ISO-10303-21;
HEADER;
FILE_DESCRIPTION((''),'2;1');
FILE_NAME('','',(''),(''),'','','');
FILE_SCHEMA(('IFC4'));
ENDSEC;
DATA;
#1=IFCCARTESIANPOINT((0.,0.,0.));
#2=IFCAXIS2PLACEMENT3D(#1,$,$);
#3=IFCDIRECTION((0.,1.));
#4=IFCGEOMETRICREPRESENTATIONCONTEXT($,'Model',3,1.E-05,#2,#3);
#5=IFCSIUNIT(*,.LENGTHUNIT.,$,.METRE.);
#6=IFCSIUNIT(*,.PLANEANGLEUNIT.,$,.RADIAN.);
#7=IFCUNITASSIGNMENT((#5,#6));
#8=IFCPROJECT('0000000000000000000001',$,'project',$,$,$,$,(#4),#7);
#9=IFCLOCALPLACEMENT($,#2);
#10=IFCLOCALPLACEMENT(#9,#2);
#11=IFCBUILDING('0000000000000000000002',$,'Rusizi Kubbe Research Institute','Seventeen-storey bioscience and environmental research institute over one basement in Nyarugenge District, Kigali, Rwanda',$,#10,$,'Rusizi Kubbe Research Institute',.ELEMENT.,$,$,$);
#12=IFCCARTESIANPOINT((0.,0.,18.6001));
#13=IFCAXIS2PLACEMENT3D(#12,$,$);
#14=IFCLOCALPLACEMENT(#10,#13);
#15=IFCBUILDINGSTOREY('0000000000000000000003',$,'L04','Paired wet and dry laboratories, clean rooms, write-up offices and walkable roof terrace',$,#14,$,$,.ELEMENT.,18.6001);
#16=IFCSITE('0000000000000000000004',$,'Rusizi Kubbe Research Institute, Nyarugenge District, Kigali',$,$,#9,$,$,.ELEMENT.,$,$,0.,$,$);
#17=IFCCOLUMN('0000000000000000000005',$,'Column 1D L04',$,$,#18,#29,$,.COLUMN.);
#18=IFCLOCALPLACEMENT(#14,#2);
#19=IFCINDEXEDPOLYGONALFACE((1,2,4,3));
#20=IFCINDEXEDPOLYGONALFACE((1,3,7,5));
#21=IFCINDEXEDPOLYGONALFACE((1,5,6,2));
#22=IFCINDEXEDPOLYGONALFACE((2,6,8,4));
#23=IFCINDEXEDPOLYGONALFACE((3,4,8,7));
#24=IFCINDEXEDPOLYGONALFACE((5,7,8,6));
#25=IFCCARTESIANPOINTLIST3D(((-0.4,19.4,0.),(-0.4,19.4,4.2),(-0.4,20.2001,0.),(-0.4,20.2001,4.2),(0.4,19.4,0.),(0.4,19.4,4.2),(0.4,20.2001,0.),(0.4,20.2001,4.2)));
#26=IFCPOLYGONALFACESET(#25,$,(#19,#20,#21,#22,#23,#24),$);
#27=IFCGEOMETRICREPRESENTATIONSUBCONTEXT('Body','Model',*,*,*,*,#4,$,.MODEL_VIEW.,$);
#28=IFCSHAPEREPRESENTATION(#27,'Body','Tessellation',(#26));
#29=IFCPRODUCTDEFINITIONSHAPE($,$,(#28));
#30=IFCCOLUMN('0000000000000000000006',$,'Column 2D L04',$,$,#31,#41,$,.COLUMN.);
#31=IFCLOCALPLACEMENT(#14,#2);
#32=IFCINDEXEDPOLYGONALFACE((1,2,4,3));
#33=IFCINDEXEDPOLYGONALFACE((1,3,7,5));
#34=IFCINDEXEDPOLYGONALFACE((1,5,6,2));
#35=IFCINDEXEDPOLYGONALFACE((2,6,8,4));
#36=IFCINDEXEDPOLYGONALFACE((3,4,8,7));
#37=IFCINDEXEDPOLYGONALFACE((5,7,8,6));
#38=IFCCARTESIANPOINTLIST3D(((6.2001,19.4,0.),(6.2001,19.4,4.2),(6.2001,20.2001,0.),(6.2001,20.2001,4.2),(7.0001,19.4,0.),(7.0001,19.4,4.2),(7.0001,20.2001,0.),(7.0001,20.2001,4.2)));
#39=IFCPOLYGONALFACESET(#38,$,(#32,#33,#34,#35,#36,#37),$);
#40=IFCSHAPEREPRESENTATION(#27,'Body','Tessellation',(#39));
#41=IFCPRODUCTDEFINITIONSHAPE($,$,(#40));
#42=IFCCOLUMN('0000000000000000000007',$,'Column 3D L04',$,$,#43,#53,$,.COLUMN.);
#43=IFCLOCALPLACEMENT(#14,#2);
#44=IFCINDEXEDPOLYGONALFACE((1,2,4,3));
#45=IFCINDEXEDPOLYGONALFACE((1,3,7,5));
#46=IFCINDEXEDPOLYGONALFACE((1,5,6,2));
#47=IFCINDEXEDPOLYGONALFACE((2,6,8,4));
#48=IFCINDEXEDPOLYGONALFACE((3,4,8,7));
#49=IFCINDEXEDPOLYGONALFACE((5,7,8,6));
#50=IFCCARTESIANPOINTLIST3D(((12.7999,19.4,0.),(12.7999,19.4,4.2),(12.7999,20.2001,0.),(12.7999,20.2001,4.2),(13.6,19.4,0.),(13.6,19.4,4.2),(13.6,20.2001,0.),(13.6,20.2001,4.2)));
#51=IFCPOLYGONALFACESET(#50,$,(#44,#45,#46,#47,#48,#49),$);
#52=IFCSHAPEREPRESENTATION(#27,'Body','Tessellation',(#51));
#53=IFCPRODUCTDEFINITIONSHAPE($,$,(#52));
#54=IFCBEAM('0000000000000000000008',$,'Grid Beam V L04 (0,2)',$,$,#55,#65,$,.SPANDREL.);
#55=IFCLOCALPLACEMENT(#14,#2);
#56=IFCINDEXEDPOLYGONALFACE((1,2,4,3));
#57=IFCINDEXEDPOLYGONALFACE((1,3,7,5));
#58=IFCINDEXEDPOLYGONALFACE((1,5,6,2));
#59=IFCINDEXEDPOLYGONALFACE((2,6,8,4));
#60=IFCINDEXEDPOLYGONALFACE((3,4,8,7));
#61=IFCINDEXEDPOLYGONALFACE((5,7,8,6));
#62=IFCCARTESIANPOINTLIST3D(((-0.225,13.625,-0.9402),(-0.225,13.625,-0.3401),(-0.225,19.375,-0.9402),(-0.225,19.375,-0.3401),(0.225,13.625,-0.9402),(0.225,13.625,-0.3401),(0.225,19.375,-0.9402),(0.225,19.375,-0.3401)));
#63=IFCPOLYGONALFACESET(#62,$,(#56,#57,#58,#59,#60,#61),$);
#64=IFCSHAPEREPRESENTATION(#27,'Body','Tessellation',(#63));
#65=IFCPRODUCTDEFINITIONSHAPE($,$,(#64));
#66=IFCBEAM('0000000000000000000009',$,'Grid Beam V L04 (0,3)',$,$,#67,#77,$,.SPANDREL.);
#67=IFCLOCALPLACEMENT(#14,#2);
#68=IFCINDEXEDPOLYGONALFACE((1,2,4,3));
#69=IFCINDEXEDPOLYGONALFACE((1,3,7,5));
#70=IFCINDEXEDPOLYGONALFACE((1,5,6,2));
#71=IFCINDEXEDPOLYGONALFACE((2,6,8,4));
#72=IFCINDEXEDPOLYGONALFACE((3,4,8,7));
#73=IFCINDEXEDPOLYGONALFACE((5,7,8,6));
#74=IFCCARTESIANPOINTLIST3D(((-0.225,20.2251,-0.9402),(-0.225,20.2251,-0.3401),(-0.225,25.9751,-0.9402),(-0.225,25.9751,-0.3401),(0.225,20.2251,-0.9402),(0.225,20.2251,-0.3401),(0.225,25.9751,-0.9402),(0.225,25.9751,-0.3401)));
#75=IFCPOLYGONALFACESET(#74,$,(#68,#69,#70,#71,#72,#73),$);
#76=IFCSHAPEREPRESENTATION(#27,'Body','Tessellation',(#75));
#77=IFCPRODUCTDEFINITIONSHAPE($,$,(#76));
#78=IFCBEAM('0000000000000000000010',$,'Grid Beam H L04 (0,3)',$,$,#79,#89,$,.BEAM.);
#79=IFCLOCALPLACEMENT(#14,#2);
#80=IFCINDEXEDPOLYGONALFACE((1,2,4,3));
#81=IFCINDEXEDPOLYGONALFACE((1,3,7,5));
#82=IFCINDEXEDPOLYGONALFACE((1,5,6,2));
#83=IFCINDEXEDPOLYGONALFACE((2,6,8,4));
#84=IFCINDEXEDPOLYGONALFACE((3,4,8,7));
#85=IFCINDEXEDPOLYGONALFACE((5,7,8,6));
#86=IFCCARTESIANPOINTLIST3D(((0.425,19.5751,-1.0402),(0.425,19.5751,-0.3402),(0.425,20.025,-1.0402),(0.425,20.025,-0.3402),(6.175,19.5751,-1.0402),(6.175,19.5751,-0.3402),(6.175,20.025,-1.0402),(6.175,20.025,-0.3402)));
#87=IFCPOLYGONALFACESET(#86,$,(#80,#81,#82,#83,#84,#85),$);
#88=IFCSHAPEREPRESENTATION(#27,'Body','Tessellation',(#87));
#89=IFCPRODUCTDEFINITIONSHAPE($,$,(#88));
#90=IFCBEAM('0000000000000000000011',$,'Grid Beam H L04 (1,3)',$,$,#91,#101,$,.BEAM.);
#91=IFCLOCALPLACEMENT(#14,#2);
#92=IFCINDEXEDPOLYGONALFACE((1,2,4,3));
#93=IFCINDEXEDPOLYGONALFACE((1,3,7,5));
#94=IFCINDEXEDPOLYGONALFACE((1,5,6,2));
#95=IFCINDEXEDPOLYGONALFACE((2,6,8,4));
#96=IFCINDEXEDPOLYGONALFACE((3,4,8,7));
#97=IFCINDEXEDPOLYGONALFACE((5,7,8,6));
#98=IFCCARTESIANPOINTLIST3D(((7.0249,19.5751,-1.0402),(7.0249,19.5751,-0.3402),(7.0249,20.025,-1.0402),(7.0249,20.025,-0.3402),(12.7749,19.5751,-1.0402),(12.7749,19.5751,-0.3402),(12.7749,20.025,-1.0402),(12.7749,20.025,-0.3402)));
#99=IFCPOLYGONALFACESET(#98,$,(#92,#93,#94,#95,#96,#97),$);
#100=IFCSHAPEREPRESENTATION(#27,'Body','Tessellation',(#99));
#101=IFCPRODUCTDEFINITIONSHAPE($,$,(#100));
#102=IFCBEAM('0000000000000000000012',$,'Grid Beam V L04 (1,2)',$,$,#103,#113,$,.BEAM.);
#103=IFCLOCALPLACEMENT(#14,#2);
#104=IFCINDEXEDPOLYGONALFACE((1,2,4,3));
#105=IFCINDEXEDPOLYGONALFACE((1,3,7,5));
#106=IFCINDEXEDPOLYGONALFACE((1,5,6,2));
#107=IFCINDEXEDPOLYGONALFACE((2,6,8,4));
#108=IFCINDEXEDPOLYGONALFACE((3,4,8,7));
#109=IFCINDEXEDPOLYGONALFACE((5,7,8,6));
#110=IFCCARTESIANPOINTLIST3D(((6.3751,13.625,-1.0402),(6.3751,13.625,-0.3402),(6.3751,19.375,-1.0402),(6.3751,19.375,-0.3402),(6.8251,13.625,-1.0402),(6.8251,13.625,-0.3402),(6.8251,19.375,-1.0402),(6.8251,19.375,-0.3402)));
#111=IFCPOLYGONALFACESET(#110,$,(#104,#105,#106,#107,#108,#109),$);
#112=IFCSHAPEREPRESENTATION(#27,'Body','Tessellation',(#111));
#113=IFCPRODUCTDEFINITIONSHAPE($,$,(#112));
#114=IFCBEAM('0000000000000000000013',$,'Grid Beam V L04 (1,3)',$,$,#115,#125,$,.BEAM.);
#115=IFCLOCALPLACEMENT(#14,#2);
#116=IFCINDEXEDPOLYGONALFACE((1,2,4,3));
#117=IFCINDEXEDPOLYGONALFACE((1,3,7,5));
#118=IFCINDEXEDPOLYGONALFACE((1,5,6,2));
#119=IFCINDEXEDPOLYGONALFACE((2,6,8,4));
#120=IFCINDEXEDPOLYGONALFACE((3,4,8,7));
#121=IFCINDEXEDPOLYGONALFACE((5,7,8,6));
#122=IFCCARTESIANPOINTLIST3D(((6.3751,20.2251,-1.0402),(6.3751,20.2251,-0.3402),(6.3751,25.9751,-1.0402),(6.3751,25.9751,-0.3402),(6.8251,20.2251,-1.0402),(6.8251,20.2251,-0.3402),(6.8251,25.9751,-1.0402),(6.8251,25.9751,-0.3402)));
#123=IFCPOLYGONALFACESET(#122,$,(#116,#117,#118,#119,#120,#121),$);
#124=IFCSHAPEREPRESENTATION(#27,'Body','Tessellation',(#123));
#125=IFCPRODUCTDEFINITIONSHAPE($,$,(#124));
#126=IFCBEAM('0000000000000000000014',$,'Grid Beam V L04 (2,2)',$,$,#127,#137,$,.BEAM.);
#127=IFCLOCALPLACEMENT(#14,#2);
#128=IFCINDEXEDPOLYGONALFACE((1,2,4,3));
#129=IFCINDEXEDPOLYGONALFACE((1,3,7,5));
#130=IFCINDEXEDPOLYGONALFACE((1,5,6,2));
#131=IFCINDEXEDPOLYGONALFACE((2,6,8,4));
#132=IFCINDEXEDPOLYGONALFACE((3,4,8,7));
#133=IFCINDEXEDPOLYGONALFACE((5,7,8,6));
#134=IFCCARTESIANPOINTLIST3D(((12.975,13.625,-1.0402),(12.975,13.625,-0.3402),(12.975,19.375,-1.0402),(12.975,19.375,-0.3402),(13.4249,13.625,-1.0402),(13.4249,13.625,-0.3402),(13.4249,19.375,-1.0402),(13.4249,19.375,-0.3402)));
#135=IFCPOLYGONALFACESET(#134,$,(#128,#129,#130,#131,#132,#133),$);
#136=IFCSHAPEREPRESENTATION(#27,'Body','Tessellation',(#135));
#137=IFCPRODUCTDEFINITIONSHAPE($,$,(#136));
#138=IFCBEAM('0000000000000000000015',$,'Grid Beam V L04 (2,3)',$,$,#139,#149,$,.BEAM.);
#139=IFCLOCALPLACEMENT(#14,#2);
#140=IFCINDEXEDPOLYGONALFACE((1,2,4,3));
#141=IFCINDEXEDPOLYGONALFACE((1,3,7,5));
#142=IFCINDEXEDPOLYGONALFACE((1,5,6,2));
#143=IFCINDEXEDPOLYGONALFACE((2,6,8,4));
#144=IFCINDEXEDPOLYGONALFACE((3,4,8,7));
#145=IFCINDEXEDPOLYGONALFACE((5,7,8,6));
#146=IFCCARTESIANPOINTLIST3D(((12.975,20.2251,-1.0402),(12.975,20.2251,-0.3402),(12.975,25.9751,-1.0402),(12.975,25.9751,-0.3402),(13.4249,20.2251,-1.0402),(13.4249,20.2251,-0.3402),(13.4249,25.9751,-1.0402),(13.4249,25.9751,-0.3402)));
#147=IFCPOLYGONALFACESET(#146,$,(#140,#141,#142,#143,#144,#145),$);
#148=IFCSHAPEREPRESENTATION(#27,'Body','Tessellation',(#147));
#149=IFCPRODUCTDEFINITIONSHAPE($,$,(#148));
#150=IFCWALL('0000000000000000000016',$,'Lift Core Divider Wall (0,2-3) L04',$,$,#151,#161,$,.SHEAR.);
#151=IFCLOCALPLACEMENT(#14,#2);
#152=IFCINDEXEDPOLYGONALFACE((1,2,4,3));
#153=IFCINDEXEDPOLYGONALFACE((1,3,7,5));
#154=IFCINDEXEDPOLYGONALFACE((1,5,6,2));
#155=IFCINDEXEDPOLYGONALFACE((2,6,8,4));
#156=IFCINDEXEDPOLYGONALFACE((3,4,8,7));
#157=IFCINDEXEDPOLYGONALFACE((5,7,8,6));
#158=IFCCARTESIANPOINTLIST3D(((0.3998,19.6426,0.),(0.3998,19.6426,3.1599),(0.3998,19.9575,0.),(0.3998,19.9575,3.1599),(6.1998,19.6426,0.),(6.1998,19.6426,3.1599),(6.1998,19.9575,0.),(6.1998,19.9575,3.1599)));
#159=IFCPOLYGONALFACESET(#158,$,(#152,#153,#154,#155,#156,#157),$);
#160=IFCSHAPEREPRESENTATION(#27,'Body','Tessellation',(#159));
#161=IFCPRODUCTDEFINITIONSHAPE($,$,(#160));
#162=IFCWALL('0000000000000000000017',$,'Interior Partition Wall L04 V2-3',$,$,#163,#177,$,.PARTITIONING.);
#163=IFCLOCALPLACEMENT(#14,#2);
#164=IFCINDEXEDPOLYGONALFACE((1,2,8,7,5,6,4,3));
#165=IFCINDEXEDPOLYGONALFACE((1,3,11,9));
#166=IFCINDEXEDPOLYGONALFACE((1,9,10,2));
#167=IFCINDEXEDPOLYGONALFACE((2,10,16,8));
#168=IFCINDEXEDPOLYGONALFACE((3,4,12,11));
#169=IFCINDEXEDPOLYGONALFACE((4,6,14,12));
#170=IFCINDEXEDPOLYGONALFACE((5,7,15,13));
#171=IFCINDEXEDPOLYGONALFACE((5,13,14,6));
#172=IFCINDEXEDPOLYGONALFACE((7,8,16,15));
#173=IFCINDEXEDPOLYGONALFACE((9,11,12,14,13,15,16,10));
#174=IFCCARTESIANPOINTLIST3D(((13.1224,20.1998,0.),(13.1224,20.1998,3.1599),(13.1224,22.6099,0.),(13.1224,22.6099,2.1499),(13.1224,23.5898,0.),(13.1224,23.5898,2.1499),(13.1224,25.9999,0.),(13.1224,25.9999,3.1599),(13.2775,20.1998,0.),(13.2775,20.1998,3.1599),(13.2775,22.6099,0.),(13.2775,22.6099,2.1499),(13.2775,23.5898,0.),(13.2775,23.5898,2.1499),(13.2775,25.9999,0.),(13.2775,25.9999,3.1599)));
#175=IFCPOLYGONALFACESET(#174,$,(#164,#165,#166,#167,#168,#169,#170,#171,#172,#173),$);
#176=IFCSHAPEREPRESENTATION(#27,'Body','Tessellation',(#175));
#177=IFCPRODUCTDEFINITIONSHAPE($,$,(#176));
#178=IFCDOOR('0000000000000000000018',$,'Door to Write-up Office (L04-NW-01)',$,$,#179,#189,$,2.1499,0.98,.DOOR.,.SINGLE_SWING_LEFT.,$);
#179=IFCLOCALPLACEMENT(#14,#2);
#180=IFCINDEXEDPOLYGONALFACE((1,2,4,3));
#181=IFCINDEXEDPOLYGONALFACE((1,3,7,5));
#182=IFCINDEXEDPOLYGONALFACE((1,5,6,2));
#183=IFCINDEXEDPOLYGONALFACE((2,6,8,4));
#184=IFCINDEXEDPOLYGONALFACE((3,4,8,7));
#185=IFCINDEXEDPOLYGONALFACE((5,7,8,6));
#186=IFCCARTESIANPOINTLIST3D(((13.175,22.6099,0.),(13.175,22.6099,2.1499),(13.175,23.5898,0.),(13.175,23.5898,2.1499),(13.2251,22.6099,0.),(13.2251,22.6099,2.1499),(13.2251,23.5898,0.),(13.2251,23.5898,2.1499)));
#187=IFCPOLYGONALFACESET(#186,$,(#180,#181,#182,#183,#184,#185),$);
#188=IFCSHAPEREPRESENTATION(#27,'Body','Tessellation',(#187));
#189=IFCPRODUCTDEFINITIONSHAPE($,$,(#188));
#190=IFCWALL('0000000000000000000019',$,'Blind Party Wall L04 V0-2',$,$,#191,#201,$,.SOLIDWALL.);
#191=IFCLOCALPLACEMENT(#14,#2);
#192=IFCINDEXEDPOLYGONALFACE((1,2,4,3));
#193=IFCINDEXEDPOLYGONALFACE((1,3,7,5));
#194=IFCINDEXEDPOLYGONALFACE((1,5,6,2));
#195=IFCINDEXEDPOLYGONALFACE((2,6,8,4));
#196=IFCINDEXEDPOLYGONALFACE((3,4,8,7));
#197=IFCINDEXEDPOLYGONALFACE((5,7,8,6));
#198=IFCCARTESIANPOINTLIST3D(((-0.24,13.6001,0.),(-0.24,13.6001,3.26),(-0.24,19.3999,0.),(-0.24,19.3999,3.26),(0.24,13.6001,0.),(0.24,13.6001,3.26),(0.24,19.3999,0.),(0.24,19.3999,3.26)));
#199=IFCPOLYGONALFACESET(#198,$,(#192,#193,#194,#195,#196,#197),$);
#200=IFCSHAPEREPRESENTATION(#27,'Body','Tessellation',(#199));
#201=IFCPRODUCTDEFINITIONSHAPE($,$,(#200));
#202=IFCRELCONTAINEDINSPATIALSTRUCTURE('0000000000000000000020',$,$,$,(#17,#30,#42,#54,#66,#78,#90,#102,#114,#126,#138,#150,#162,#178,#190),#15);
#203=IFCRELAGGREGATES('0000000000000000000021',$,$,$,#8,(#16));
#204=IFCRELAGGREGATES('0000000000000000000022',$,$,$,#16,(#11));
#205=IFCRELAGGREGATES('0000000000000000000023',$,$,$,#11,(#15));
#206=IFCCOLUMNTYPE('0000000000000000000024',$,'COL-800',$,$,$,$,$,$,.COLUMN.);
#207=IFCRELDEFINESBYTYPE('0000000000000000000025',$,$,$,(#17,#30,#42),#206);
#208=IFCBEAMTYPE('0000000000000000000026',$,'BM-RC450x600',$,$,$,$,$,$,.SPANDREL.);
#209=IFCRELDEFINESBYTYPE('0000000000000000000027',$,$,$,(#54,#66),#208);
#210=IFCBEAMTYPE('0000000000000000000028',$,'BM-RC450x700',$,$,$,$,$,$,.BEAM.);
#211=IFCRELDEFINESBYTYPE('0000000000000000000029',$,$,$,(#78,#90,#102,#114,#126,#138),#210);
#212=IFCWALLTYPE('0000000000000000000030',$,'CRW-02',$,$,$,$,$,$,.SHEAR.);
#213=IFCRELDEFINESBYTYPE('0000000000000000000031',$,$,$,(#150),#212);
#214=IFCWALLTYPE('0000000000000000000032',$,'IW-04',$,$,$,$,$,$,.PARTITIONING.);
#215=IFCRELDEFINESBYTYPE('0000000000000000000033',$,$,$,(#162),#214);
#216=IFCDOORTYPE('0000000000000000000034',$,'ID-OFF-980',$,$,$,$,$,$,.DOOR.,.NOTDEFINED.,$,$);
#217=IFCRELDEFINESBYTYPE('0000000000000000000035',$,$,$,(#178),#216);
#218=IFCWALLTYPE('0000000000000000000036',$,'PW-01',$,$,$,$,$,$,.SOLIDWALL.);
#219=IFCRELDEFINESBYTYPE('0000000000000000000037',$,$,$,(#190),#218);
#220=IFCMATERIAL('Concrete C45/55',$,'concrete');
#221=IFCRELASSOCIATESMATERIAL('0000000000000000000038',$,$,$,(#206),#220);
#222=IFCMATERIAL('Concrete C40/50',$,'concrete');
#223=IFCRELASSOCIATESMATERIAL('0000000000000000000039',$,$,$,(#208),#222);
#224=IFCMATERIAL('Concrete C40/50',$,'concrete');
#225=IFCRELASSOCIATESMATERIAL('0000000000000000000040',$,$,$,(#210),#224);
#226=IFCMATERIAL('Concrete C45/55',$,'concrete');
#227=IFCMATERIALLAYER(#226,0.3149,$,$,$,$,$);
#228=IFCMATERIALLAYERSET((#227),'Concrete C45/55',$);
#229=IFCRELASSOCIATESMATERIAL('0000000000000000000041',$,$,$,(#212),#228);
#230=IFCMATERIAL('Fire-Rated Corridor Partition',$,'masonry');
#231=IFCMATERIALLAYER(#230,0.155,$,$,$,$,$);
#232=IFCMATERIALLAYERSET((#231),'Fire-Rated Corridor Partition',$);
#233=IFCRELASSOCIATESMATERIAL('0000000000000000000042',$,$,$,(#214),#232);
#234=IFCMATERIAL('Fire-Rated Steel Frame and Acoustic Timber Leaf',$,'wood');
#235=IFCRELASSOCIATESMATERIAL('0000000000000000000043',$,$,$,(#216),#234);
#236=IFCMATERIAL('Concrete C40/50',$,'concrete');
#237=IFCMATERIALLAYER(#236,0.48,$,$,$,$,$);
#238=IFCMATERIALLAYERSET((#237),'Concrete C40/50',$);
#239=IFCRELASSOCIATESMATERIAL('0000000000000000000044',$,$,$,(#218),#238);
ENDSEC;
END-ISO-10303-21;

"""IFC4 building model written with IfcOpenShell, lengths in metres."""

from ifc_helpers import new_model, si_unit, direction, frame, frame_2d, origin, origin_2d, place, context, subcontext, project, spatial, rectangle, extrude, material, layer, layer_set, material_profile, profile_set, type_object, element, fill, save


model = new_model("IFC4")

# Units and contexts
model_context = context("Model", 3, precision=1e-05, world=origin(), true_north=direction((0.0, 1.0)))
body_context = subcontext(model_context, "Body", "Model", "MODEL_VIEW")
ifc_project = project(units=[si_unit("LENGTHUNIT", "METRE"), si_unit("PLANEANGLEUNIT", "RADIAN")], contexts=[model_context])

# Site, building, storey
site_placement = place(None, origin())
site = spatial("IfcSite", under=ifc_project, at=site_placement, Name="Rusizi Kubbe Research Institute, Nyarugenge District, Kigali", CompositionType="ELEMENT", RefElevation=0.0)
building_placement = place(site_placement, origin())
building = spatial("IfcBuilding", under=site, at=building_placement, Name="Rusizi Kubbe Research Institute", Description="Seventeen-storey bioscience and environmental research institute over one basement in Nyarugenge District, Kigali, Rwanda", LongName="Rusizi Kubbe Research Institute", CompositionType="ELEMENT")
storey_placement = place(building_placement, frame((0.0, 0.0, 18.6001)))
storey = spatial("IfcBuildingStorey", under=building, at=storey_placement, Name="L04", Description="Paired wet and dry laboratories, clean rooms, write-up offices and walkable roof terrace", CompositionType="ELEMENT", Elevation=18.6001)

# Columns
ifc_material_1 = material(Name="Concrete C45/55", Category="concrete")
ifc_material_profile_1 = material_profile(ifc_material_1, rectangle(XDim=0.8, YDim=0.8, at=origin_2d()), Name="RC800x800")
ifc_profile_set_1 = profile_set([ifc_material_profile_1], Name="Concrete C45/55")
column_type = type_object("IfcColumnType", Name="COL-800", PredefinedType="COLUMN", material=ifc_profile_set_1)
for number, where, z_axis, x_axis, name in (
    (1, (0.0, 19.8, 0.0), (0.0, 0.0, 1.0), (1.0, 0.0, 0.0), "Column 1D L04"),
    (2, (6.6001, 19.8, 0.0), (0.0, 0.0, 1.0), (1.0, 0.0, 0.0), "Column 2D L04"),
    (3, (13.2, 19.8, 0.0), (0.0, 0.0, 1.0), (1.0, 0.0, 0.0), "Column 3D L04"),
):
    element("IfcColumn", number, at=place(storey_placement, frame(where, z_axis=z_axis, x_axis=x_axis)), inside=storey, type_object=column_type, Name=name, PredefinedType="COLUMN", context=body_context, shape_type="SweptSolid", body=[
        extrude(rectangle(XDim=0.8, YDim=0.8, at=origin_2d()), origin(), (0.0, 0.0, 1.0), 4.2),
    ])

# Beams
ifc_material_2 = material(Name="Concrete C40/50", Category="concrete")
ifc_material_profile_2 = material_profile(ifc_material_2, rectangle(XDim=0.45, YDim=0.6001, at=origin_2d()), Name="RC450x600")
ifc_profile_set_2 = profile_set([ifc_material_profile_2], Name="Concrete C40/50")
beam_type_1 = type_object("IfcBeamType", Name="BM-RC450x600", PredefinedType="SPANDREL", material=ifc_profile_set_2)
for number, where, z_axis, x_axis, name in (
    (4, (0.0, 13.625, -0.6401), (0.0, 1.0, 0.0), (-1.0, 0.0, 0.0), "Grid Beam V L04 (0,2)"),
    (5, (0.0, 20.2251, -0.6401), (0.0, 1.0, 0.0), (-1.0, 0.0, 0.0), "Grid Beam V L04 (0,3)"),
):
    element("IfcBeam", number, at=place(storey_placement, frame(where, z_axis=z_axis, x_axis=x_axis)), inside=storey, type_object=beam_type_1, Name=name, PredefinedType="SPANDREL", context=body_context, shape_type="SweptSolid", body=[
        extrude(rectangle(XDim=0.45, YDim=0.6001, at=origin_2d()), origin(), (0.0, 0.0, 1.0), 5.75),
    ])
ifc_material_3 = material(Name="Concrete C40/50", Category="concrete")
ifc_material_profile_3 = material_profile(ifc_material_3, rectangle(XDim=0.45, YDim=0.7, at=origin_2d()), Name="RC450x700B")
ifc_profile_set_3 = profile_set([ifc_material_profile_3], Name="Concrete C40/50")
beam_type_2 = type_object("IfcBeamType", Name="BM-RC450x700", PredefinedType="BEAM", material=ifc_profile_set_3)
for number, where, z_axis, x_axis, name in (
    (6, (0.425, 19.8, -0.6902), (1.0, 0.0, 0.0), (0.0, 1.0, 0.0), "Grid Beam H L04 (0,3)"),
    (7, (7.0249, 19.8, -0.6902), (1.0, 0.0, 0.0), (0.0, 1.0, 0.0), "Grid Beam H L04 (1,3)"),
    (8, (6.6001, 13.625, -0.6902), (0.0, 1.0, 0.0), (-1.0, 0.0, 0.0), "Grid Beam V L04 (1,2)"),
    (9, (6.6001, 20.2251, -0.6902), (0.0, 1.0, 0.0), (-1.0, 0.0, 0.0), "Grid Beam V L04 (1,3)"),
    (10, (13.2, 13.625, -0.6902), (0.0, 1.0, 0.0), (-1.0, 0.0, 0.0), "Grid Beam V L04 (2,2)"),
    (11, (13.2, 20.2251, -0.6902), (0.0, 1.0, 0.0), (-1.0, 0.0, 0.0), "Grid Beam V L04 (2,3)"),
):
    element("IfcBeam", number, at=place(storey_placement, frame(where, z_axis=z_axis, x_axis=x_axis)), inside=storey, type_object=beam_type_2, Name=name, PredefinedType="BEAM", context=body_context, shape_type="SweptSolid", body=[
        extrude(rectangle(XDim=0.45, YDim=0.7, at=origin_2d()), origin(), (0.0, 0.0, 1.0), 5.75),
    ])

# Wall
ifc_material_4 = material(Name="Concrete C45/55", Category="concrete")
ifc_layer_1 = layer(ifc_material_4, 0.3149)
ifc_layer_set_1 = layer_set([ifc_layer_1], Name="Concrete C45/55")
wall_type_1 = type_object("IfcWallType", Name="CRW-02", PredefinedType="SHEAR", material=ifc_layer_set_1)
wall_1_placement = place(storey_placement, frame((0.3999, 19.8, 0.0), z_axis=(0.0, 0.0, 1.0), x_axis=(1.0, 0.0, 0.0)))
element("IfcWall", 12, at=wall_1_placement, inside=storey, type_object=wall_type_1, Name="Lift Core Divider Wall (0,2-3) L04", PredefinedType="SHEAR", context=body_context, shape_type="SweptSolid", body=[
    extrude(rectangle(XDim=5.8, YDim=0.3149, at=frame_2d((2.8999, 0.0))), origin(), (0.0, 0.0, 1.0), 3.1599),
])

# Wall, opening, door
ifc_material_5 = material(Name="Fire-Rated Corridor Partition", Category="masonry")
ifc_layer_2 = layer(ifc_material_5, 0.155)
ifc_layer_set_2 = layer_set([ifc_layer_2], Name="Fire-Rated Corridor Partition")
wall_type_2 = type_object("IfcWallType", Name="IW-04", PredefinedType="PARTITIONING", material=ifc_layer_set_2)
wall_2_placement = place(storey_placement, frame((13.2, 20.2, 0.0), z_axis=(0.0, 0.0, 1.0), x_axis=(0.0, 1.0, 0.0)))
wall_2 = element("IfcWall", 13, at=wall_2_placement, inside=storey, type_object=wall_type_2, Name="Interior Partition Wall L04 V2-3", PredefinedType="PARTITIONING", context=body_context, shape_type="SweptSolid", body=[
    extrude(rectangle(XDim=5.8, YDim=0.155, at=frame_2d((2.8999, 0.0))), origin(), (0.0, 0.0, 1.0), 3.1599),
])
opening_1_placement = place(wall_2_placement, frame((2.4099, 0.0, 0.0)))
opening_1 = element("IfcOpeningElement", 14, at=opening_1_placement, cuts=wall_2, PredefinedType="OPENING", context=body_context, shape_type="SweptSolid", body=[
    extrude(rectangle(XDim=0.98, YDim=2.1499, at=frame_2d((0.49, 1.075))), frame((0.0, 0.0874, 0.0), z_axis=(0.0, -1.0, 0.0), x_axis=(1.0, 0.0, 0.0)), (0.0, 0.0, 1.0), 0.175),
])
ifc_material_6 = material(Name="Fire-Rated Steel Frame and Acoustic Timber Leaf", Category="wood")
door_type_1 = type_object("IfcDoorType", Name="ID-OFF-980", OperationType="NOTDEFINED", PredefinedType="DOOR", material=ifc_material_6)
door_1_placement = place(opening_1_placement, origin())
door_1 = element("IfcDoor", 15, at=door_1_placement, inside=storey, type_object=door_type_1, Name="Door to Write-up Office (L04-NW-01)", OperationType="SINGLE_SWING_LEFT", OverallHeight=2.1499, OverallWidth=0.98, PredefinedType="DOOR", context=body_context, shape_type="SweptSolid", body=[
    extrude(rectangle(XDim=0.98, YDim=2.1499, at=frame_2d((0.49, 1.075))), frame((0.0, 0.0249, 0.0), z_axis=(0.0, -1.0, 0.0), x_axis=(1.0, 0.0, 0.0)), (0.0, 0.0, 1.0), 0.05),
])
fill(opening_1, door_1)

# Wall
ifc_material_7 = material(Name="Concrete C40/50", Category="concrete")
ifc_layer_3 = layer(ifc_material_7, 0.48)
ifc_layer_set_3 = layer_set([ifc_layer_3], Name="Concrete C40/50")
wall_type_3 = type_object("IfcWallType", Name="PW-01", PredefinedType="SOLIDWALL", material=ifc_layer_set_3)
wall_3_placement = place(storey_placement, frame((0.0, 13.6001, 0.0), z_axis=(0.0, 0.0, 1.0), x_axis=(0.0, 1.0, 0.0)))
element("IfcWall", 16, at=wall_3_placement, inside=storey, type_object=wall_type_3, Name="Blind Party Wall L04 V0-2", PredefinedType="SOLIDWALL", context=body_context, shape_type="SweptSolid", body=[
    extrude(rectangle(XDim=5.7998, YDim=0.48, at=frame_2d((2.8999, 0.0))), origin(), (0.0, 0.0, 1.0), 3.26),
])

save(model, "model.ifc")
